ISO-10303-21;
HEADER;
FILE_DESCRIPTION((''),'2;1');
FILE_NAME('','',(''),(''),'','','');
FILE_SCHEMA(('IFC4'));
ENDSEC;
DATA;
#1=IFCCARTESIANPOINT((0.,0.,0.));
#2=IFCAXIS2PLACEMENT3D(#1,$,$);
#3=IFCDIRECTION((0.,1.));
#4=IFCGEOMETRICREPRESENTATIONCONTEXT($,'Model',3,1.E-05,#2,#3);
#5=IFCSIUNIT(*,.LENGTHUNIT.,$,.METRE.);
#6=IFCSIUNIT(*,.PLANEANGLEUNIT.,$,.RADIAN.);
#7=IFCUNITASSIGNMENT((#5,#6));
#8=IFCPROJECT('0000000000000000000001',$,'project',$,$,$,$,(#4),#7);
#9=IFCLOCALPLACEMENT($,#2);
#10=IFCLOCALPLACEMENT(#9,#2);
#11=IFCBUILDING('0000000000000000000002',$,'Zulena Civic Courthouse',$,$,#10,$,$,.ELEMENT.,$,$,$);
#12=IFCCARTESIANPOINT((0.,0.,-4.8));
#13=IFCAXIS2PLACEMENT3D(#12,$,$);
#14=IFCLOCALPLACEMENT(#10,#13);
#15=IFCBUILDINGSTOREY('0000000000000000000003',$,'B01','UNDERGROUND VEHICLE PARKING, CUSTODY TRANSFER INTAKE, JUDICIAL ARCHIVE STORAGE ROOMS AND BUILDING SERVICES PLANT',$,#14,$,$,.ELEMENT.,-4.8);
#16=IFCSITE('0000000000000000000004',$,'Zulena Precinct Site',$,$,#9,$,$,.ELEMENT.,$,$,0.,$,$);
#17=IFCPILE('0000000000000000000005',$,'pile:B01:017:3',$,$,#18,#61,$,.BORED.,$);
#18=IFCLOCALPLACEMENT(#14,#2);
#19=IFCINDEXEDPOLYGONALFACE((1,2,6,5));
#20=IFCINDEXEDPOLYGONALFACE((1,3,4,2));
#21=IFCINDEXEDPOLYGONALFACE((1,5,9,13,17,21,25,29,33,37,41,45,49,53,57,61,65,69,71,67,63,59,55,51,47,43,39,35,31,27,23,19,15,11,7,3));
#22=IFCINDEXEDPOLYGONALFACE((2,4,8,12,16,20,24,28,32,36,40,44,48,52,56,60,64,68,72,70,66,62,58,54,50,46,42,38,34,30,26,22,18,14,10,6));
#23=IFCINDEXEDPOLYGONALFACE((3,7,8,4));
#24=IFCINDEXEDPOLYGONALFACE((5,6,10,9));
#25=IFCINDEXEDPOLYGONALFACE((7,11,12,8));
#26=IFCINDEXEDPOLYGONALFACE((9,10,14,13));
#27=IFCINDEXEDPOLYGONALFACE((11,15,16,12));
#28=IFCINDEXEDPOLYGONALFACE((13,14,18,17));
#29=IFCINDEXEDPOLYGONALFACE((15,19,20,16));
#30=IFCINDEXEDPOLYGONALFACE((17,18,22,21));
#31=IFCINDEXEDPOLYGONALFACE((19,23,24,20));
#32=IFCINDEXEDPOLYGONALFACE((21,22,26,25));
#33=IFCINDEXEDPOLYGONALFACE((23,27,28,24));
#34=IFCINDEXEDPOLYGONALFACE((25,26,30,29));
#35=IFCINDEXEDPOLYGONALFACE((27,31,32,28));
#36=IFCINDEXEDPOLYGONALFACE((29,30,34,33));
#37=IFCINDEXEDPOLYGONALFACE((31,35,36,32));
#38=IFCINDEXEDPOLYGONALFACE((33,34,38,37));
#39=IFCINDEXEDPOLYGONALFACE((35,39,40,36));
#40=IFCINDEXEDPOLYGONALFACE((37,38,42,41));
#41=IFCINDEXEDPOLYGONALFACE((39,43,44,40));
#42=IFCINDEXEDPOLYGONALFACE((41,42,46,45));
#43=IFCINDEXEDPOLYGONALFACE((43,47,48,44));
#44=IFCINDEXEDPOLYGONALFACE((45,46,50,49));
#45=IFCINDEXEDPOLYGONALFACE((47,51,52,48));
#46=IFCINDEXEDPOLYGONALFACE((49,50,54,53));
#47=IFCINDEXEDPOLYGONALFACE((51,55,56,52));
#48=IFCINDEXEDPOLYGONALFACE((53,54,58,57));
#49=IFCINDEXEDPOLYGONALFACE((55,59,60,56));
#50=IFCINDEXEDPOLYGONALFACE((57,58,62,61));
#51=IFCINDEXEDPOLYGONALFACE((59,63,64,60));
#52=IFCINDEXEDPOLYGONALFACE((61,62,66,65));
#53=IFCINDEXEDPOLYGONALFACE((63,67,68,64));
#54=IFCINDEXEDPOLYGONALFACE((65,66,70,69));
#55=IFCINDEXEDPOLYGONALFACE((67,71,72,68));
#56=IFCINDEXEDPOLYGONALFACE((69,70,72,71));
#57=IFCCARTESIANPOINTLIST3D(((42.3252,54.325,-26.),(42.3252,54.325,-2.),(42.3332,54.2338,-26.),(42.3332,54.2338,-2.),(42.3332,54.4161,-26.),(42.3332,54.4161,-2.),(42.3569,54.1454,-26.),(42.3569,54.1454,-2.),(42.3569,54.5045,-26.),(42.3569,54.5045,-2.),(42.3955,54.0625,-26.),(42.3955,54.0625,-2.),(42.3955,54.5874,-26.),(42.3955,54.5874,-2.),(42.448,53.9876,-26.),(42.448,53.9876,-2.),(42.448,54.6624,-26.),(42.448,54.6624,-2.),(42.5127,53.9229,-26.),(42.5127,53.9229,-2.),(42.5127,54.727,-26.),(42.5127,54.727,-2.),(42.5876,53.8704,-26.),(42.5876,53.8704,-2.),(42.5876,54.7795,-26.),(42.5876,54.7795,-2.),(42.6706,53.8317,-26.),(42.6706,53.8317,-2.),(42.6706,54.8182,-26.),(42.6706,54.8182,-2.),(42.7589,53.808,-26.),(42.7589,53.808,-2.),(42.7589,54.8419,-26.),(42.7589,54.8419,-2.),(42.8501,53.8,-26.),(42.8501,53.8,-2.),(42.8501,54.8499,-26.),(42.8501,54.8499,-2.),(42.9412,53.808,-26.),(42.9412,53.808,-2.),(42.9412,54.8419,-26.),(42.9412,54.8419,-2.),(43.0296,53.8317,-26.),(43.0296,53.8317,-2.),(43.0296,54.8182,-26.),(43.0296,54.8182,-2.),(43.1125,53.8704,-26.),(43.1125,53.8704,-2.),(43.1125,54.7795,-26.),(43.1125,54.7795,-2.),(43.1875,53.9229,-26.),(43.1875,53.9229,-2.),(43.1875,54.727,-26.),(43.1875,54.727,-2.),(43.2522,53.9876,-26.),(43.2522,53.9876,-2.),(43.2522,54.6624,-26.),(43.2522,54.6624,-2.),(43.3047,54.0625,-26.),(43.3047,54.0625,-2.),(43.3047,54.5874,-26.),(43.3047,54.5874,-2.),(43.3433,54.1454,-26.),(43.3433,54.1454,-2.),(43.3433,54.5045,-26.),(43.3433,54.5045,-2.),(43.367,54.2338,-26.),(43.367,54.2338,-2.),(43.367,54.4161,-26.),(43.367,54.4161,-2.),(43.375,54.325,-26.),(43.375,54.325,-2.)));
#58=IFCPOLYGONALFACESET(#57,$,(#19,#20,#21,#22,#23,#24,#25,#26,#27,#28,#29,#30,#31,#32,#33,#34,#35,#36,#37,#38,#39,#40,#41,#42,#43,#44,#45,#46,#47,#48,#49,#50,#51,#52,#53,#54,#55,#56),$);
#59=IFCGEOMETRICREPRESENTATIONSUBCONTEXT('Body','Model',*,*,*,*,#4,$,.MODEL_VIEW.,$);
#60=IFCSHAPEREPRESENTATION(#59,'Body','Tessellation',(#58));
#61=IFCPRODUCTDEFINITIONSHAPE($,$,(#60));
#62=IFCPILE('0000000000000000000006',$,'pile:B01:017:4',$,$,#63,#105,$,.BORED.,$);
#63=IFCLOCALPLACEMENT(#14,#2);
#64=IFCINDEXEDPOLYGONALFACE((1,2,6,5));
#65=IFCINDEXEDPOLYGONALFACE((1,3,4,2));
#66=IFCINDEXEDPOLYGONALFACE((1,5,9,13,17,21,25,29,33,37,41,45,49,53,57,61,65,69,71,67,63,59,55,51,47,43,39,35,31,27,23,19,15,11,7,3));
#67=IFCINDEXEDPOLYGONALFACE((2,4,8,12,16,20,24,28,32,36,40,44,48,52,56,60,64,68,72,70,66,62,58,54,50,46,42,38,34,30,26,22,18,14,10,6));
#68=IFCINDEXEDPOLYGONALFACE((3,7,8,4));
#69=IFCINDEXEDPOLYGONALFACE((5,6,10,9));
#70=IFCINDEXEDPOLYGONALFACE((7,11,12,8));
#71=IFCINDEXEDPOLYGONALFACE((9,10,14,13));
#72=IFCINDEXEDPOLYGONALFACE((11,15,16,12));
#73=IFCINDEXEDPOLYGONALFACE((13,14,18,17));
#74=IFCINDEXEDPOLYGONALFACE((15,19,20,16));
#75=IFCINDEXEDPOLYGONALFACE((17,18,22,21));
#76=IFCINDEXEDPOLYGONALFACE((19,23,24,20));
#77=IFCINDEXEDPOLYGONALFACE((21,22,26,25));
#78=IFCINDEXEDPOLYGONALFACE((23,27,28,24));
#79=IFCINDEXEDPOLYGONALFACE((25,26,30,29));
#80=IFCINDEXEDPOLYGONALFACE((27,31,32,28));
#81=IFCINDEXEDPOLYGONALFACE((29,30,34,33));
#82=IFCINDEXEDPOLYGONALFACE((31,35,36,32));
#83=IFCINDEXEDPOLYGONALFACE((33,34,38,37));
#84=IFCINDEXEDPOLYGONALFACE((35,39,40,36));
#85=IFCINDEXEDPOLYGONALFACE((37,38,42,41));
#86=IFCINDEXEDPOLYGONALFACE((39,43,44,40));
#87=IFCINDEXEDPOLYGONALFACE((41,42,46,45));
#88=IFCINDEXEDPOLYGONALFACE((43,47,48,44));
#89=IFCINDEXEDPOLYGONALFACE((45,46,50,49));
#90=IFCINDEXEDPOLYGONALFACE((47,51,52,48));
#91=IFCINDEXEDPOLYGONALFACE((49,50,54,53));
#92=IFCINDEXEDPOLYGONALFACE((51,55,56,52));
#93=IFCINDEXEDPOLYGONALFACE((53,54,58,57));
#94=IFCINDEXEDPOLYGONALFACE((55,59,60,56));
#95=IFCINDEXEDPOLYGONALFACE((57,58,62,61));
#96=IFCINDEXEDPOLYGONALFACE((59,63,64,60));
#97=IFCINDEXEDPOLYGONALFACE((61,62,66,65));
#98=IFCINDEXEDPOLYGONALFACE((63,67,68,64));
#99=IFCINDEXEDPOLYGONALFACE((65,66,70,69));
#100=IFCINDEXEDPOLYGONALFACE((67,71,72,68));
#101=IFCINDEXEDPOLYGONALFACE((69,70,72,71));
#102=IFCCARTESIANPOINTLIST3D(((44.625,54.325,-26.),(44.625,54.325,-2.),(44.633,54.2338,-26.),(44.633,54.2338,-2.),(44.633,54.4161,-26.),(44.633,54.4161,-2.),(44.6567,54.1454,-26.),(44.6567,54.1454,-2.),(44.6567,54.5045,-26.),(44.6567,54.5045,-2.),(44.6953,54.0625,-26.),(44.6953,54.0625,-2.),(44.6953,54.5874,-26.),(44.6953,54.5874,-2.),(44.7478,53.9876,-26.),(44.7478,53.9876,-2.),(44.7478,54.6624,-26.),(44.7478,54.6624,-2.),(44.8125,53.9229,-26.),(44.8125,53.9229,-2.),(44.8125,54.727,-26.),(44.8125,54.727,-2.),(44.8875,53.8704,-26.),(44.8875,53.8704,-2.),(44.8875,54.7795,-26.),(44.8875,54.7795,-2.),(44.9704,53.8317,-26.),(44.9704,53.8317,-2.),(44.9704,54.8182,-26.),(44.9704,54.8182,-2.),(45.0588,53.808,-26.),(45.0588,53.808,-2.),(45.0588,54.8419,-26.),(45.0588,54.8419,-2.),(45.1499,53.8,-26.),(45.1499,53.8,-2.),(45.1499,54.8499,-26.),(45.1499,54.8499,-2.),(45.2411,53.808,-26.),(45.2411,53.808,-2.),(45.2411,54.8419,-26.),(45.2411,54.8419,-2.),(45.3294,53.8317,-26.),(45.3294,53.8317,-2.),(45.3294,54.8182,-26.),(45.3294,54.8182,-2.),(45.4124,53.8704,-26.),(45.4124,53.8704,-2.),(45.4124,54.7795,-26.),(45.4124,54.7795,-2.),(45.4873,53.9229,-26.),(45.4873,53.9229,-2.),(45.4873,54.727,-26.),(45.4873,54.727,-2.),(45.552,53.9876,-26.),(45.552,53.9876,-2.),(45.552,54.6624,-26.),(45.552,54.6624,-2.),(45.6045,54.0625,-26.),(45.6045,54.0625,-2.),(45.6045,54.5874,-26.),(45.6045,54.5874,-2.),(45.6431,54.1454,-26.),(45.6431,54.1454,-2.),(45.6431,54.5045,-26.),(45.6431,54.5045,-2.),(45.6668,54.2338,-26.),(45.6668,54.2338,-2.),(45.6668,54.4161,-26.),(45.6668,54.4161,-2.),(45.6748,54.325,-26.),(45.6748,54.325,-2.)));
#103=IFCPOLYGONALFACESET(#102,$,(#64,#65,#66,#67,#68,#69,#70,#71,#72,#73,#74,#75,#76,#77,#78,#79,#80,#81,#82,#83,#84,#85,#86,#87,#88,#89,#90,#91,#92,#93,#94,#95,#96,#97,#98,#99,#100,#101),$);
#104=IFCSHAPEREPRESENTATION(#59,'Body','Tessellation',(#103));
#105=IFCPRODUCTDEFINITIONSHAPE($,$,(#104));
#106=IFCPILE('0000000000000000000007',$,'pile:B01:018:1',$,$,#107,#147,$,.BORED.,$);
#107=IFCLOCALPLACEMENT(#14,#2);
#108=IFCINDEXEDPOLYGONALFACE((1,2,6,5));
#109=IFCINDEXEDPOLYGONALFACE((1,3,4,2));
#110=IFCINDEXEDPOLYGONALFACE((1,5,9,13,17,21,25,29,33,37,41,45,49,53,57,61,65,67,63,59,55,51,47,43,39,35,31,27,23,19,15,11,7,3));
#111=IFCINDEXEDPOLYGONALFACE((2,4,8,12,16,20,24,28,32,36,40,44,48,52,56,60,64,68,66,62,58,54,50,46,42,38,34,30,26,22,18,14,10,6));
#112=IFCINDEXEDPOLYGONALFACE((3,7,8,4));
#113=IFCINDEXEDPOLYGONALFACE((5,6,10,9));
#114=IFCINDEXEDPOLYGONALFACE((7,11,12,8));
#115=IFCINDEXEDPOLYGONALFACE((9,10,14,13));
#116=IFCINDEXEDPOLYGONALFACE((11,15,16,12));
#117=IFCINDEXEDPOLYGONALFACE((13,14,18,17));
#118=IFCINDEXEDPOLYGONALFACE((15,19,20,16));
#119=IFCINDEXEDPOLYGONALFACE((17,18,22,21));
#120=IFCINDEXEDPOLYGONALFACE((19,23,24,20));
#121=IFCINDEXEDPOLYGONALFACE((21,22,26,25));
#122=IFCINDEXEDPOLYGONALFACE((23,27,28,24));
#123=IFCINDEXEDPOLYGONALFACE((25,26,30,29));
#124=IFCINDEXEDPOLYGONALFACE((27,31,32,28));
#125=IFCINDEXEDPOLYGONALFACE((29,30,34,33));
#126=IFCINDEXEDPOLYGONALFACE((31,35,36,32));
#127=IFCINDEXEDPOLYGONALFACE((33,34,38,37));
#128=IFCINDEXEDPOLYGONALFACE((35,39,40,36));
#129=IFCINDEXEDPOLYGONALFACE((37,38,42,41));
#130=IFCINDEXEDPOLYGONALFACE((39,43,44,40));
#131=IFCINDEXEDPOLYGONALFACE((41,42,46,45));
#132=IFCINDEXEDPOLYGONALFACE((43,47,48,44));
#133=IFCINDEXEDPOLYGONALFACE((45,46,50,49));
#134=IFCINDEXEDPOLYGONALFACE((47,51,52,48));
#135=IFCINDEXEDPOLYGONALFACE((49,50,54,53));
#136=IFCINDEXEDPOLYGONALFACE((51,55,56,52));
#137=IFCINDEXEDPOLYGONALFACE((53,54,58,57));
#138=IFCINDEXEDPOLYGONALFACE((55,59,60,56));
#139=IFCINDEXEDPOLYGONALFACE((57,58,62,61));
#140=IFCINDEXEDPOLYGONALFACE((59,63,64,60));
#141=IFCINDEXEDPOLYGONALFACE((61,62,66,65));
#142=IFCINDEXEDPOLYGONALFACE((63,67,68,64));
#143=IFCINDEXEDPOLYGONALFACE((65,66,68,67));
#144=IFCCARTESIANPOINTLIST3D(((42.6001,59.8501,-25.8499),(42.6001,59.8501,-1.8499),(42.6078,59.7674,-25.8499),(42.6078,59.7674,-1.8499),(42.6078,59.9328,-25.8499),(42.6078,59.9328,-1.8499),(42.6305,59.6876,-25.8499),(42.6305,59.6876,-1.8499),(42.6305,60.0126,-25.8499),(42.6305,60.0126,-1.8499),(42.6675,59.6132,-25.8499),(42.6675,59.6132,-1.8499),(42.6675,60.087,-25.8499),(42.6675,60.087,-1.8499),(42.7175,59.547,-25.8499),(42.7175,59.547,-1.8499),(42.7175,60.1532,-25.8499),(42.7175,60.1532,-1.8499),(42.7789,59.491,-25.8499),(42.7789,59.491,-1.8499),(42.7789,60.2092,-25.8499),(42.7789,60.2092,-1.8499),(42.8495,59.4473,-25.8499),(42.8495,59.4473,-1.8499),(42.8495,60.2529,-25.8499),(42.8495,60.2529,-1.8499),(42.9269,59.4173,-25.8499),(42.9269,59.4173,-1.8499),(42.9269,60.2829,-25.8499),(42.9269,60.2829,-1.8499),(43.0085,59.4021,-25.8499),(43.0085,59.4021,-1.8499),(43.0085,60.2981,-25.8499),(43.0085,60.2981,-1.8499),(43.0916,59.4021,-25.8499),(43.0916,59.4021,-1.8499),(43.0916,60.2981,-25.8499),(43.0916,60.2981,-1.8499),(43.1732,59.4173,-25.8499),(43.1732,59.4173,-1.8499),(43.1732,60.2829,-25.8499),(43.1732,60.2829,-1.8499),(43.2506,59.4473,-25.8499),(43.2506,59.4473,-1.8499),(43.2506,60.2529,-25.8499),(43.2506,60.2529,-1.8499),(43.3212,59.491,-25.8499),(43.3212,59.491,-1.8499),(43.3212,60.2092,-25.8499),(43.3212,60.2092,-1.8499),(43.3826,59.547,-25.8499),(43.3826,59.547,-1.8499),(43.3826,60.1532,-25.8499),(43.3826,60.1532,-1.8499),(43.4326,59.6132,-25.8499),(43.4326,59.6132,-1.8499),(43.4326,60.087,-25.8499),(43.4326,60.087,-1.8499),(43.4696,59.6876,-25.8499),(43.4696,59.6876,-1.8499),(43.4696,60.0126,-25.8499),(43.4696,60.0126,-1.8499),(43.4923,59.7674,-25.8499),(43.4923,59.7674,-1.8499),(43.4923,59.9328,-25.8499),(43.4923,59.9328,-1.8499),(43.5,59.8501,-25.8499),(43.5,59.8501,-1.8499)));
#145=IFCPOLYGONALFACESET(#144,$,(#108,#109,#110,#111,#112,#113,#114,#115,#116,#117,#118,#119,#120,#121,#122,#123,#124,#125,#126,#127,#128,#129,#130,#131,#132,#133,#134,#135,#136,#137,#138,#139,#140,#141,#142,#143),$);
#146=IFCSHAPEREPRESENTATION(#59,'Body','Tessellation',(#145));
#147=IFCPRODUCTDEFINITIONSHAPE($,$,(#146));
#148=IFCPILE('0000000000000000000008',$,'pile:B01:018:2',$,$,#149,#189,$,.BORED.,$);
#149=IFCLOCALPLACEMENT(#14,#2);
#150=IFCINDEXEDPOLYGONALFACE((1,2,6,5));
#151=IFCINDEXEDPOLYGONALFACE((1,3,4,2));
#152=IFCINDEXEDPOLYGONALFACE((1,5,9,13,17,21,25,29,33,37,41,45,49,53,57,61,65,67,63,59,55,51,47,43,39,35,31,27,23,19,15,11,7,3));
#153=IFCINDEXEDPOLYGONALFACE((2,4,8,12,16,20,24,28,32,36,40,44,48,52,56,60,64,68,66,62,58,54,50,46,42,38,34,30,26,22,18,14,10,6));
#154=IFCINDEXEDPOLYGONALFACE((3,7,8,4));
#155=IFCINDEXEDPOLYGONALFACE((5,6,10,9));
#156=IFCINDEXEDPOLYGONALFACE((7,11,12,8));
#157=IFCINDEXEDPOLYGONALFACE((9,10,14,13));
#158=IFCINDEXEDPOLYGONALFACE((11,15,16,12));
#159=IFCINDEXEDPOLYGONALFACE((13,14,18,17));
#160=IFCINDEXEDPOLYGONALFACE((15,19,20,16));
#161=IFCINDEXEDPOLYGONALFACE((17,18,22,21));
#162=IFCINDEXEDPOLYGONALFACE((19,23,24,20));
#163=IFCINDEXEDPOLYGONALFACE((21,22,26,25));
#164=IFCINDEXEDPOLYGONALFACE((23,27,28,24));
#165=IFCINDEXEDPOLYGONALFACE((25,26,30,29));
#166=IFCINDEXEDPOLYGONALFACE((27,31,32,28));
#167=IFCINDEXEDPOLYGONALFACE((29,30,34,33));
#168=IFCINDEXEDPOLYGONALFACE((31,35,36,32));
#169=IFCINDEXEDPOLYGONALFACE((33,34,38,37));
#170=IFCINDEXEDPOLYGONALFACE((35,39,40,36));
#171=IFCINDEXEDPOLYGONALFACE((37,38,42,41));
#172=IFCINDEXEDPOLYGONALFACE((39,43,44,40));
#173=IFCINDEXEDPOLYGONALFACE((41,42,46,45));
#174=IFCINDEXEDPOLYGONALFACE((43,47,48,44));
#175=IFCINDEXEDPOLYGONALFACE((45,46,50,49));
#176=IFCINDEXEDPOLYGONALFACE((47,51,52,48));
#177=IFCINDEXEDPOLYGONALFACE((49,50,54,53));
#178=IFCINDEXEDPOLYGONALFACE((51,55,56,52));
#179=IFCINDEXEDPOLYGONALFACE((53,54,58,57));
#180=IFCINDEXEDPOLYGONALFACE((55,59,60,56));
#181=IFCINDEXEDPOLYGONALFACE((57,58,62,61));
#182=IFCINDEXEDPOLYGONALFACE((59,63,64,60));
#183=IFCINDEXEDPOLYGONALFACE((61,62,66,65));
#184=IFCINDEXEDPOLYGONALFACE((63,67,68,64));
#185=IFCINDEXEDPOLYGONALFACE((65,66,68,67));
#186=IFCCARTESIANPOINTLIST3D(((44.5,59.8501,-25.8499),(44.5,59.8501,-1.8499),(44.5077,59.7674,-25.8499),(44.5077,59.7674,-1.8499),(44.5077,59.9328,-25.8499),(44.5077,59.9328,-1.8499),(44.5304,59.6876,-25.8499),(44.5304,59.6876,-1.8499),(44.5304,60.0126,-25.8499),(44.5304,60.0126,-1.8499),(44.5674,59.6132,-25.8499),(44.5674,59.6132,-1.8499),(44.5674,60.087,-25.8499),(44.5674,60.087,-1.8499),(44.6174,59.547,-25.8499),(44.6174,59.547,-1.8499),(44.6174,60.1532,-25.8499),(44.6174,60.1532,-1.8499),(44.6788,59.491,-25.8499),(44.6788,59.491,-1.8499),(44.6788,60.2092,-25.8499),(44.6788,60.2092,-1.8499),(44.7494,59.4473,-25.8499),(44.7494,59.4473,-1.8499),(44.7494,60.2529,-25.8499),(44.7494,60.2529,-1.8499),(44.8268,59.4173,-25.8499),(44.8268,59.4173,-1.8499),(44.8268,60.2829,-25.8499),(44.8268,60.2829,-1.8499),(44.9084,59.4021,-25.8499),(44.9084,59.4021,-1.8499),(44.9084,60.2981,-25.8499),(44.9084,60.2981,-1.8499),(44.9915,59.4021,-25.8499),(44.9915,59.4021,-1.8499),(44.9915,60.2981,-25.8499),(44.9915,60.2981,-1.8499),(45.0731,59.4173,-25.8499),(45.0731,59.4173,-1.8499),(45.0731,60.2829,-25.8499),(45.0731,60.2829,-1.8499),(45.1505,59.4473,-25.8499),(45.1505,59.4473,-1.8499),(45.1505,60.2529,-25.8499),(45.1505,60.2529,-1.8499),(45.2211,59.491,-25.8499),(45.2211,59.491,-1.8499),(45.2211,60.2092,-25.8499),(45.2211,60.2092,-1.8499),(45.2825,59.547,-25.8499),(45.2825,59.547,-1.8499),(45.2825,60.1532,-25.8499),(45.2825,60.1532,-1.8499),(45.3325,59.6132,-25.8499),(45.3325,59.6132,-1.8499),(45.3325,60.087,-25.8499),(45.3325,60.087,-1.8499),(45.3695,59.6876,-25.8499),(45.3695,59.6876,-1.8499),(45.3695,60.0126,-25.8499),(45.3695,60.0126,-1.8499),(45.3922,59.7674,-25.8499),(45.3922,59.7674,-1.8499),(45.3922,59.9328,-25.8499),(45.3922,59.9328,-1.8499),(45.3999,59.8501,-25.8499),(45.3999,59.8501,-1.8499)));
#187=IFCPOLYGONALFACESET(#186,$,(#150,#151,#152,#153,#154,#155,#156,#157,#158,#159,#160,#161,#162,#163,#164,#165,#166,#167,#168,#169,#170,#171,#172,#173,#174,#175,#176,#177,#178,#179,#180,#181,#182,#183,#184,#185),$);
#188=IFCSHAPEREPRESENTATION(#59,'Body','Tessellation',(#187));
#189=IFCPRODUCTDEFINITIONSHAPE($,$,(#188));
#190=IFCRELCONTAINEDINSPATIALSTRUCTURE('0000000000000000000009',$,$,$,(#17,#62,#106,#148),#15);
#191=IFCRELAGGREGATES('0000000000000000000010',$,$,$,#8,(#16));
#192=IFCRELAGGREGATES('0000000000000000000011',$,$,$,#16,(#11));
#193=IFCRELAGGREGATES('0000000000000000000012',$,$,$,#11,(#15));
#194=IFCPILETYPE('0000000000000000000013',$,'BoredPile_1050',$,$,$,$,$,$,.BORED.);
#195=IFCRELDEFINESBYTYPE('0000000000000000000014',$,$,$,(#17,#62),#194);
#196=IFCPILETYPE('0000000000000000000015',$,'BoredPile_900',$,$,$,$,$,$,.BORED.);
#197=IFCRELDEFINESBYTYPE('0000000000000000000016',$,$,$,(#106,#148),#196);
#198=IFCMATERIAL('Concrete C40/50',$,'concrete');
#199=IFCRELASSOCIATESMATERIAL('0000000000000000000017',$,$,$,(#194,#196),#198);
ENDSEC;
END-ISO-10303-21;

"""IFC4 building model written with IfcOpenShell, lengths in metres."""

from ifc_helpers import new_model, si_unit, direction, frame, origin, origin_2d, place, context, subcontext, project, spatial, circle, extrude, material, material_profile, profile_set, type_object, element, save


model = new_model("IFC4")

# Units and contexts
model_context = context("Model", 3, precision=1e-05, world=origin(), true_north=direction((0.0, 1.0)))
body_context = subcontext(model_context, "Body", "Model", "MODEL_VIEW")
ifc_project = project(units=[si_unit("LENGTHUNIT", "METRE"), si_unit("PLANEANGLEUNIT", "RADIAN")], contexts=[model_context])

# Site, building, storey
site_placement = place(None, origin())
site = spatial("IfcSite", under=ifc_project, at=site_placement, Name="Zulena Precinct Site", CompositionType="ELEMENT", RefElevation=0.0)
building_placement = place(site_placement, origin())
building = spatial("IfcBuilding", under=site, at=building_placement, Name="Zulena Civic Courthouse", CompositionType="ELEMENT")
storey_placement = place(building_placement, frame((0.0, 0.0, -4.8)))
storey = spatial("IfcBuildingStorey", under=building, at=storey_placement, Name="B01", Description="UNDERGROUND VEHICLE PARKING, CUSTODY TRANSFER INTAKE, JUDICIAL ARCHIVE STORAGE ROOMS AND BUILDING SERVICES PLANT", CompositionType="ELEMENT", Elevation=-4.8)

# Piles
ifc_material_1 = material(Name="Concrete C40/50", Category="concrete")
ifc_material_profile_1 = material_profile(ifc_material_1, circle(Radius=0.5249, at=origin_2d()), Name="PILE1050")
ifc_profile_set_1 = profile_set([ifc_material_profile_1], Name="Concrete C40/50")
pile_type_1 = type_object("IfcPileType", Name="BoredPile_1050", PredefinedType="BORED", material=ifc_profile_set_1)
for number, where, z_axis, x_axis, name in (
    (1, (42.8501, 54.325, -2.0), (0.0, 0.0, -1.0), (1.0, 0.0, 0.0), "pile:B01:017:3"),
    (2, (45.1499, 54.325, -2.0), (0.0, 0.0, -1.0), (1.0, 0.0, 0.0), "pile:B01:017:4"),
):
    element("IfcPile", number, at=place(storey_placement, frame(where, z_axis=z_axis, x_axis=x_axis)), inside=storey, type_object=pile_type_1, Name=name, PredefinedType="BORED", context=body_context, shape_type="SweptSolid", body=[
        extrude(circle(Radius=0.5249, at=origin_2d()), origin(), (0.0, 0.0, 1.0), 24.0),
    ])
ifc_material_profile_2 = material_profile(ifc_material_1, circle(Radius=0.45, at=origin_2d()), Name="PILE900")
ifc_profile_set_2 = profile_set([ifc_material_profile_2], Name="Concrete C40/50")
pile_type_2 = type_object("IfcPileType", Name="BoredPile_900", PredefinedType="BORED", material=ifc_profile_set_2)
for number, where, z_axis, x_axis, name in (
    (3, (43.05, 59.8501, -1.8499), (0.0, 0.0, -1.0), (1.0, 0.0, 0.0), "pile:B01:018:1"),
    (4, (44.95, 59.8501, -1.8499), (0.0, 0.0, -1.0), (1.0, 0.0, 0.0), "pile:B01:018:2"),
):
    element("IfcPile", number, at=place(storey_placement, frame(where, z_axis=z_axis, x_axis=x_axis)), inside=storey, type_object=pile_type_2, Name=name, PredefinedType="BORED", context=body_context, shape_type="SweptSolid", body=[
        extrude(circle(Radius=0.45, at=origin_2d()), origin(), (0.0, 0.0, 1.0), 24.0),
    ])

save(model, "model.ifc")
